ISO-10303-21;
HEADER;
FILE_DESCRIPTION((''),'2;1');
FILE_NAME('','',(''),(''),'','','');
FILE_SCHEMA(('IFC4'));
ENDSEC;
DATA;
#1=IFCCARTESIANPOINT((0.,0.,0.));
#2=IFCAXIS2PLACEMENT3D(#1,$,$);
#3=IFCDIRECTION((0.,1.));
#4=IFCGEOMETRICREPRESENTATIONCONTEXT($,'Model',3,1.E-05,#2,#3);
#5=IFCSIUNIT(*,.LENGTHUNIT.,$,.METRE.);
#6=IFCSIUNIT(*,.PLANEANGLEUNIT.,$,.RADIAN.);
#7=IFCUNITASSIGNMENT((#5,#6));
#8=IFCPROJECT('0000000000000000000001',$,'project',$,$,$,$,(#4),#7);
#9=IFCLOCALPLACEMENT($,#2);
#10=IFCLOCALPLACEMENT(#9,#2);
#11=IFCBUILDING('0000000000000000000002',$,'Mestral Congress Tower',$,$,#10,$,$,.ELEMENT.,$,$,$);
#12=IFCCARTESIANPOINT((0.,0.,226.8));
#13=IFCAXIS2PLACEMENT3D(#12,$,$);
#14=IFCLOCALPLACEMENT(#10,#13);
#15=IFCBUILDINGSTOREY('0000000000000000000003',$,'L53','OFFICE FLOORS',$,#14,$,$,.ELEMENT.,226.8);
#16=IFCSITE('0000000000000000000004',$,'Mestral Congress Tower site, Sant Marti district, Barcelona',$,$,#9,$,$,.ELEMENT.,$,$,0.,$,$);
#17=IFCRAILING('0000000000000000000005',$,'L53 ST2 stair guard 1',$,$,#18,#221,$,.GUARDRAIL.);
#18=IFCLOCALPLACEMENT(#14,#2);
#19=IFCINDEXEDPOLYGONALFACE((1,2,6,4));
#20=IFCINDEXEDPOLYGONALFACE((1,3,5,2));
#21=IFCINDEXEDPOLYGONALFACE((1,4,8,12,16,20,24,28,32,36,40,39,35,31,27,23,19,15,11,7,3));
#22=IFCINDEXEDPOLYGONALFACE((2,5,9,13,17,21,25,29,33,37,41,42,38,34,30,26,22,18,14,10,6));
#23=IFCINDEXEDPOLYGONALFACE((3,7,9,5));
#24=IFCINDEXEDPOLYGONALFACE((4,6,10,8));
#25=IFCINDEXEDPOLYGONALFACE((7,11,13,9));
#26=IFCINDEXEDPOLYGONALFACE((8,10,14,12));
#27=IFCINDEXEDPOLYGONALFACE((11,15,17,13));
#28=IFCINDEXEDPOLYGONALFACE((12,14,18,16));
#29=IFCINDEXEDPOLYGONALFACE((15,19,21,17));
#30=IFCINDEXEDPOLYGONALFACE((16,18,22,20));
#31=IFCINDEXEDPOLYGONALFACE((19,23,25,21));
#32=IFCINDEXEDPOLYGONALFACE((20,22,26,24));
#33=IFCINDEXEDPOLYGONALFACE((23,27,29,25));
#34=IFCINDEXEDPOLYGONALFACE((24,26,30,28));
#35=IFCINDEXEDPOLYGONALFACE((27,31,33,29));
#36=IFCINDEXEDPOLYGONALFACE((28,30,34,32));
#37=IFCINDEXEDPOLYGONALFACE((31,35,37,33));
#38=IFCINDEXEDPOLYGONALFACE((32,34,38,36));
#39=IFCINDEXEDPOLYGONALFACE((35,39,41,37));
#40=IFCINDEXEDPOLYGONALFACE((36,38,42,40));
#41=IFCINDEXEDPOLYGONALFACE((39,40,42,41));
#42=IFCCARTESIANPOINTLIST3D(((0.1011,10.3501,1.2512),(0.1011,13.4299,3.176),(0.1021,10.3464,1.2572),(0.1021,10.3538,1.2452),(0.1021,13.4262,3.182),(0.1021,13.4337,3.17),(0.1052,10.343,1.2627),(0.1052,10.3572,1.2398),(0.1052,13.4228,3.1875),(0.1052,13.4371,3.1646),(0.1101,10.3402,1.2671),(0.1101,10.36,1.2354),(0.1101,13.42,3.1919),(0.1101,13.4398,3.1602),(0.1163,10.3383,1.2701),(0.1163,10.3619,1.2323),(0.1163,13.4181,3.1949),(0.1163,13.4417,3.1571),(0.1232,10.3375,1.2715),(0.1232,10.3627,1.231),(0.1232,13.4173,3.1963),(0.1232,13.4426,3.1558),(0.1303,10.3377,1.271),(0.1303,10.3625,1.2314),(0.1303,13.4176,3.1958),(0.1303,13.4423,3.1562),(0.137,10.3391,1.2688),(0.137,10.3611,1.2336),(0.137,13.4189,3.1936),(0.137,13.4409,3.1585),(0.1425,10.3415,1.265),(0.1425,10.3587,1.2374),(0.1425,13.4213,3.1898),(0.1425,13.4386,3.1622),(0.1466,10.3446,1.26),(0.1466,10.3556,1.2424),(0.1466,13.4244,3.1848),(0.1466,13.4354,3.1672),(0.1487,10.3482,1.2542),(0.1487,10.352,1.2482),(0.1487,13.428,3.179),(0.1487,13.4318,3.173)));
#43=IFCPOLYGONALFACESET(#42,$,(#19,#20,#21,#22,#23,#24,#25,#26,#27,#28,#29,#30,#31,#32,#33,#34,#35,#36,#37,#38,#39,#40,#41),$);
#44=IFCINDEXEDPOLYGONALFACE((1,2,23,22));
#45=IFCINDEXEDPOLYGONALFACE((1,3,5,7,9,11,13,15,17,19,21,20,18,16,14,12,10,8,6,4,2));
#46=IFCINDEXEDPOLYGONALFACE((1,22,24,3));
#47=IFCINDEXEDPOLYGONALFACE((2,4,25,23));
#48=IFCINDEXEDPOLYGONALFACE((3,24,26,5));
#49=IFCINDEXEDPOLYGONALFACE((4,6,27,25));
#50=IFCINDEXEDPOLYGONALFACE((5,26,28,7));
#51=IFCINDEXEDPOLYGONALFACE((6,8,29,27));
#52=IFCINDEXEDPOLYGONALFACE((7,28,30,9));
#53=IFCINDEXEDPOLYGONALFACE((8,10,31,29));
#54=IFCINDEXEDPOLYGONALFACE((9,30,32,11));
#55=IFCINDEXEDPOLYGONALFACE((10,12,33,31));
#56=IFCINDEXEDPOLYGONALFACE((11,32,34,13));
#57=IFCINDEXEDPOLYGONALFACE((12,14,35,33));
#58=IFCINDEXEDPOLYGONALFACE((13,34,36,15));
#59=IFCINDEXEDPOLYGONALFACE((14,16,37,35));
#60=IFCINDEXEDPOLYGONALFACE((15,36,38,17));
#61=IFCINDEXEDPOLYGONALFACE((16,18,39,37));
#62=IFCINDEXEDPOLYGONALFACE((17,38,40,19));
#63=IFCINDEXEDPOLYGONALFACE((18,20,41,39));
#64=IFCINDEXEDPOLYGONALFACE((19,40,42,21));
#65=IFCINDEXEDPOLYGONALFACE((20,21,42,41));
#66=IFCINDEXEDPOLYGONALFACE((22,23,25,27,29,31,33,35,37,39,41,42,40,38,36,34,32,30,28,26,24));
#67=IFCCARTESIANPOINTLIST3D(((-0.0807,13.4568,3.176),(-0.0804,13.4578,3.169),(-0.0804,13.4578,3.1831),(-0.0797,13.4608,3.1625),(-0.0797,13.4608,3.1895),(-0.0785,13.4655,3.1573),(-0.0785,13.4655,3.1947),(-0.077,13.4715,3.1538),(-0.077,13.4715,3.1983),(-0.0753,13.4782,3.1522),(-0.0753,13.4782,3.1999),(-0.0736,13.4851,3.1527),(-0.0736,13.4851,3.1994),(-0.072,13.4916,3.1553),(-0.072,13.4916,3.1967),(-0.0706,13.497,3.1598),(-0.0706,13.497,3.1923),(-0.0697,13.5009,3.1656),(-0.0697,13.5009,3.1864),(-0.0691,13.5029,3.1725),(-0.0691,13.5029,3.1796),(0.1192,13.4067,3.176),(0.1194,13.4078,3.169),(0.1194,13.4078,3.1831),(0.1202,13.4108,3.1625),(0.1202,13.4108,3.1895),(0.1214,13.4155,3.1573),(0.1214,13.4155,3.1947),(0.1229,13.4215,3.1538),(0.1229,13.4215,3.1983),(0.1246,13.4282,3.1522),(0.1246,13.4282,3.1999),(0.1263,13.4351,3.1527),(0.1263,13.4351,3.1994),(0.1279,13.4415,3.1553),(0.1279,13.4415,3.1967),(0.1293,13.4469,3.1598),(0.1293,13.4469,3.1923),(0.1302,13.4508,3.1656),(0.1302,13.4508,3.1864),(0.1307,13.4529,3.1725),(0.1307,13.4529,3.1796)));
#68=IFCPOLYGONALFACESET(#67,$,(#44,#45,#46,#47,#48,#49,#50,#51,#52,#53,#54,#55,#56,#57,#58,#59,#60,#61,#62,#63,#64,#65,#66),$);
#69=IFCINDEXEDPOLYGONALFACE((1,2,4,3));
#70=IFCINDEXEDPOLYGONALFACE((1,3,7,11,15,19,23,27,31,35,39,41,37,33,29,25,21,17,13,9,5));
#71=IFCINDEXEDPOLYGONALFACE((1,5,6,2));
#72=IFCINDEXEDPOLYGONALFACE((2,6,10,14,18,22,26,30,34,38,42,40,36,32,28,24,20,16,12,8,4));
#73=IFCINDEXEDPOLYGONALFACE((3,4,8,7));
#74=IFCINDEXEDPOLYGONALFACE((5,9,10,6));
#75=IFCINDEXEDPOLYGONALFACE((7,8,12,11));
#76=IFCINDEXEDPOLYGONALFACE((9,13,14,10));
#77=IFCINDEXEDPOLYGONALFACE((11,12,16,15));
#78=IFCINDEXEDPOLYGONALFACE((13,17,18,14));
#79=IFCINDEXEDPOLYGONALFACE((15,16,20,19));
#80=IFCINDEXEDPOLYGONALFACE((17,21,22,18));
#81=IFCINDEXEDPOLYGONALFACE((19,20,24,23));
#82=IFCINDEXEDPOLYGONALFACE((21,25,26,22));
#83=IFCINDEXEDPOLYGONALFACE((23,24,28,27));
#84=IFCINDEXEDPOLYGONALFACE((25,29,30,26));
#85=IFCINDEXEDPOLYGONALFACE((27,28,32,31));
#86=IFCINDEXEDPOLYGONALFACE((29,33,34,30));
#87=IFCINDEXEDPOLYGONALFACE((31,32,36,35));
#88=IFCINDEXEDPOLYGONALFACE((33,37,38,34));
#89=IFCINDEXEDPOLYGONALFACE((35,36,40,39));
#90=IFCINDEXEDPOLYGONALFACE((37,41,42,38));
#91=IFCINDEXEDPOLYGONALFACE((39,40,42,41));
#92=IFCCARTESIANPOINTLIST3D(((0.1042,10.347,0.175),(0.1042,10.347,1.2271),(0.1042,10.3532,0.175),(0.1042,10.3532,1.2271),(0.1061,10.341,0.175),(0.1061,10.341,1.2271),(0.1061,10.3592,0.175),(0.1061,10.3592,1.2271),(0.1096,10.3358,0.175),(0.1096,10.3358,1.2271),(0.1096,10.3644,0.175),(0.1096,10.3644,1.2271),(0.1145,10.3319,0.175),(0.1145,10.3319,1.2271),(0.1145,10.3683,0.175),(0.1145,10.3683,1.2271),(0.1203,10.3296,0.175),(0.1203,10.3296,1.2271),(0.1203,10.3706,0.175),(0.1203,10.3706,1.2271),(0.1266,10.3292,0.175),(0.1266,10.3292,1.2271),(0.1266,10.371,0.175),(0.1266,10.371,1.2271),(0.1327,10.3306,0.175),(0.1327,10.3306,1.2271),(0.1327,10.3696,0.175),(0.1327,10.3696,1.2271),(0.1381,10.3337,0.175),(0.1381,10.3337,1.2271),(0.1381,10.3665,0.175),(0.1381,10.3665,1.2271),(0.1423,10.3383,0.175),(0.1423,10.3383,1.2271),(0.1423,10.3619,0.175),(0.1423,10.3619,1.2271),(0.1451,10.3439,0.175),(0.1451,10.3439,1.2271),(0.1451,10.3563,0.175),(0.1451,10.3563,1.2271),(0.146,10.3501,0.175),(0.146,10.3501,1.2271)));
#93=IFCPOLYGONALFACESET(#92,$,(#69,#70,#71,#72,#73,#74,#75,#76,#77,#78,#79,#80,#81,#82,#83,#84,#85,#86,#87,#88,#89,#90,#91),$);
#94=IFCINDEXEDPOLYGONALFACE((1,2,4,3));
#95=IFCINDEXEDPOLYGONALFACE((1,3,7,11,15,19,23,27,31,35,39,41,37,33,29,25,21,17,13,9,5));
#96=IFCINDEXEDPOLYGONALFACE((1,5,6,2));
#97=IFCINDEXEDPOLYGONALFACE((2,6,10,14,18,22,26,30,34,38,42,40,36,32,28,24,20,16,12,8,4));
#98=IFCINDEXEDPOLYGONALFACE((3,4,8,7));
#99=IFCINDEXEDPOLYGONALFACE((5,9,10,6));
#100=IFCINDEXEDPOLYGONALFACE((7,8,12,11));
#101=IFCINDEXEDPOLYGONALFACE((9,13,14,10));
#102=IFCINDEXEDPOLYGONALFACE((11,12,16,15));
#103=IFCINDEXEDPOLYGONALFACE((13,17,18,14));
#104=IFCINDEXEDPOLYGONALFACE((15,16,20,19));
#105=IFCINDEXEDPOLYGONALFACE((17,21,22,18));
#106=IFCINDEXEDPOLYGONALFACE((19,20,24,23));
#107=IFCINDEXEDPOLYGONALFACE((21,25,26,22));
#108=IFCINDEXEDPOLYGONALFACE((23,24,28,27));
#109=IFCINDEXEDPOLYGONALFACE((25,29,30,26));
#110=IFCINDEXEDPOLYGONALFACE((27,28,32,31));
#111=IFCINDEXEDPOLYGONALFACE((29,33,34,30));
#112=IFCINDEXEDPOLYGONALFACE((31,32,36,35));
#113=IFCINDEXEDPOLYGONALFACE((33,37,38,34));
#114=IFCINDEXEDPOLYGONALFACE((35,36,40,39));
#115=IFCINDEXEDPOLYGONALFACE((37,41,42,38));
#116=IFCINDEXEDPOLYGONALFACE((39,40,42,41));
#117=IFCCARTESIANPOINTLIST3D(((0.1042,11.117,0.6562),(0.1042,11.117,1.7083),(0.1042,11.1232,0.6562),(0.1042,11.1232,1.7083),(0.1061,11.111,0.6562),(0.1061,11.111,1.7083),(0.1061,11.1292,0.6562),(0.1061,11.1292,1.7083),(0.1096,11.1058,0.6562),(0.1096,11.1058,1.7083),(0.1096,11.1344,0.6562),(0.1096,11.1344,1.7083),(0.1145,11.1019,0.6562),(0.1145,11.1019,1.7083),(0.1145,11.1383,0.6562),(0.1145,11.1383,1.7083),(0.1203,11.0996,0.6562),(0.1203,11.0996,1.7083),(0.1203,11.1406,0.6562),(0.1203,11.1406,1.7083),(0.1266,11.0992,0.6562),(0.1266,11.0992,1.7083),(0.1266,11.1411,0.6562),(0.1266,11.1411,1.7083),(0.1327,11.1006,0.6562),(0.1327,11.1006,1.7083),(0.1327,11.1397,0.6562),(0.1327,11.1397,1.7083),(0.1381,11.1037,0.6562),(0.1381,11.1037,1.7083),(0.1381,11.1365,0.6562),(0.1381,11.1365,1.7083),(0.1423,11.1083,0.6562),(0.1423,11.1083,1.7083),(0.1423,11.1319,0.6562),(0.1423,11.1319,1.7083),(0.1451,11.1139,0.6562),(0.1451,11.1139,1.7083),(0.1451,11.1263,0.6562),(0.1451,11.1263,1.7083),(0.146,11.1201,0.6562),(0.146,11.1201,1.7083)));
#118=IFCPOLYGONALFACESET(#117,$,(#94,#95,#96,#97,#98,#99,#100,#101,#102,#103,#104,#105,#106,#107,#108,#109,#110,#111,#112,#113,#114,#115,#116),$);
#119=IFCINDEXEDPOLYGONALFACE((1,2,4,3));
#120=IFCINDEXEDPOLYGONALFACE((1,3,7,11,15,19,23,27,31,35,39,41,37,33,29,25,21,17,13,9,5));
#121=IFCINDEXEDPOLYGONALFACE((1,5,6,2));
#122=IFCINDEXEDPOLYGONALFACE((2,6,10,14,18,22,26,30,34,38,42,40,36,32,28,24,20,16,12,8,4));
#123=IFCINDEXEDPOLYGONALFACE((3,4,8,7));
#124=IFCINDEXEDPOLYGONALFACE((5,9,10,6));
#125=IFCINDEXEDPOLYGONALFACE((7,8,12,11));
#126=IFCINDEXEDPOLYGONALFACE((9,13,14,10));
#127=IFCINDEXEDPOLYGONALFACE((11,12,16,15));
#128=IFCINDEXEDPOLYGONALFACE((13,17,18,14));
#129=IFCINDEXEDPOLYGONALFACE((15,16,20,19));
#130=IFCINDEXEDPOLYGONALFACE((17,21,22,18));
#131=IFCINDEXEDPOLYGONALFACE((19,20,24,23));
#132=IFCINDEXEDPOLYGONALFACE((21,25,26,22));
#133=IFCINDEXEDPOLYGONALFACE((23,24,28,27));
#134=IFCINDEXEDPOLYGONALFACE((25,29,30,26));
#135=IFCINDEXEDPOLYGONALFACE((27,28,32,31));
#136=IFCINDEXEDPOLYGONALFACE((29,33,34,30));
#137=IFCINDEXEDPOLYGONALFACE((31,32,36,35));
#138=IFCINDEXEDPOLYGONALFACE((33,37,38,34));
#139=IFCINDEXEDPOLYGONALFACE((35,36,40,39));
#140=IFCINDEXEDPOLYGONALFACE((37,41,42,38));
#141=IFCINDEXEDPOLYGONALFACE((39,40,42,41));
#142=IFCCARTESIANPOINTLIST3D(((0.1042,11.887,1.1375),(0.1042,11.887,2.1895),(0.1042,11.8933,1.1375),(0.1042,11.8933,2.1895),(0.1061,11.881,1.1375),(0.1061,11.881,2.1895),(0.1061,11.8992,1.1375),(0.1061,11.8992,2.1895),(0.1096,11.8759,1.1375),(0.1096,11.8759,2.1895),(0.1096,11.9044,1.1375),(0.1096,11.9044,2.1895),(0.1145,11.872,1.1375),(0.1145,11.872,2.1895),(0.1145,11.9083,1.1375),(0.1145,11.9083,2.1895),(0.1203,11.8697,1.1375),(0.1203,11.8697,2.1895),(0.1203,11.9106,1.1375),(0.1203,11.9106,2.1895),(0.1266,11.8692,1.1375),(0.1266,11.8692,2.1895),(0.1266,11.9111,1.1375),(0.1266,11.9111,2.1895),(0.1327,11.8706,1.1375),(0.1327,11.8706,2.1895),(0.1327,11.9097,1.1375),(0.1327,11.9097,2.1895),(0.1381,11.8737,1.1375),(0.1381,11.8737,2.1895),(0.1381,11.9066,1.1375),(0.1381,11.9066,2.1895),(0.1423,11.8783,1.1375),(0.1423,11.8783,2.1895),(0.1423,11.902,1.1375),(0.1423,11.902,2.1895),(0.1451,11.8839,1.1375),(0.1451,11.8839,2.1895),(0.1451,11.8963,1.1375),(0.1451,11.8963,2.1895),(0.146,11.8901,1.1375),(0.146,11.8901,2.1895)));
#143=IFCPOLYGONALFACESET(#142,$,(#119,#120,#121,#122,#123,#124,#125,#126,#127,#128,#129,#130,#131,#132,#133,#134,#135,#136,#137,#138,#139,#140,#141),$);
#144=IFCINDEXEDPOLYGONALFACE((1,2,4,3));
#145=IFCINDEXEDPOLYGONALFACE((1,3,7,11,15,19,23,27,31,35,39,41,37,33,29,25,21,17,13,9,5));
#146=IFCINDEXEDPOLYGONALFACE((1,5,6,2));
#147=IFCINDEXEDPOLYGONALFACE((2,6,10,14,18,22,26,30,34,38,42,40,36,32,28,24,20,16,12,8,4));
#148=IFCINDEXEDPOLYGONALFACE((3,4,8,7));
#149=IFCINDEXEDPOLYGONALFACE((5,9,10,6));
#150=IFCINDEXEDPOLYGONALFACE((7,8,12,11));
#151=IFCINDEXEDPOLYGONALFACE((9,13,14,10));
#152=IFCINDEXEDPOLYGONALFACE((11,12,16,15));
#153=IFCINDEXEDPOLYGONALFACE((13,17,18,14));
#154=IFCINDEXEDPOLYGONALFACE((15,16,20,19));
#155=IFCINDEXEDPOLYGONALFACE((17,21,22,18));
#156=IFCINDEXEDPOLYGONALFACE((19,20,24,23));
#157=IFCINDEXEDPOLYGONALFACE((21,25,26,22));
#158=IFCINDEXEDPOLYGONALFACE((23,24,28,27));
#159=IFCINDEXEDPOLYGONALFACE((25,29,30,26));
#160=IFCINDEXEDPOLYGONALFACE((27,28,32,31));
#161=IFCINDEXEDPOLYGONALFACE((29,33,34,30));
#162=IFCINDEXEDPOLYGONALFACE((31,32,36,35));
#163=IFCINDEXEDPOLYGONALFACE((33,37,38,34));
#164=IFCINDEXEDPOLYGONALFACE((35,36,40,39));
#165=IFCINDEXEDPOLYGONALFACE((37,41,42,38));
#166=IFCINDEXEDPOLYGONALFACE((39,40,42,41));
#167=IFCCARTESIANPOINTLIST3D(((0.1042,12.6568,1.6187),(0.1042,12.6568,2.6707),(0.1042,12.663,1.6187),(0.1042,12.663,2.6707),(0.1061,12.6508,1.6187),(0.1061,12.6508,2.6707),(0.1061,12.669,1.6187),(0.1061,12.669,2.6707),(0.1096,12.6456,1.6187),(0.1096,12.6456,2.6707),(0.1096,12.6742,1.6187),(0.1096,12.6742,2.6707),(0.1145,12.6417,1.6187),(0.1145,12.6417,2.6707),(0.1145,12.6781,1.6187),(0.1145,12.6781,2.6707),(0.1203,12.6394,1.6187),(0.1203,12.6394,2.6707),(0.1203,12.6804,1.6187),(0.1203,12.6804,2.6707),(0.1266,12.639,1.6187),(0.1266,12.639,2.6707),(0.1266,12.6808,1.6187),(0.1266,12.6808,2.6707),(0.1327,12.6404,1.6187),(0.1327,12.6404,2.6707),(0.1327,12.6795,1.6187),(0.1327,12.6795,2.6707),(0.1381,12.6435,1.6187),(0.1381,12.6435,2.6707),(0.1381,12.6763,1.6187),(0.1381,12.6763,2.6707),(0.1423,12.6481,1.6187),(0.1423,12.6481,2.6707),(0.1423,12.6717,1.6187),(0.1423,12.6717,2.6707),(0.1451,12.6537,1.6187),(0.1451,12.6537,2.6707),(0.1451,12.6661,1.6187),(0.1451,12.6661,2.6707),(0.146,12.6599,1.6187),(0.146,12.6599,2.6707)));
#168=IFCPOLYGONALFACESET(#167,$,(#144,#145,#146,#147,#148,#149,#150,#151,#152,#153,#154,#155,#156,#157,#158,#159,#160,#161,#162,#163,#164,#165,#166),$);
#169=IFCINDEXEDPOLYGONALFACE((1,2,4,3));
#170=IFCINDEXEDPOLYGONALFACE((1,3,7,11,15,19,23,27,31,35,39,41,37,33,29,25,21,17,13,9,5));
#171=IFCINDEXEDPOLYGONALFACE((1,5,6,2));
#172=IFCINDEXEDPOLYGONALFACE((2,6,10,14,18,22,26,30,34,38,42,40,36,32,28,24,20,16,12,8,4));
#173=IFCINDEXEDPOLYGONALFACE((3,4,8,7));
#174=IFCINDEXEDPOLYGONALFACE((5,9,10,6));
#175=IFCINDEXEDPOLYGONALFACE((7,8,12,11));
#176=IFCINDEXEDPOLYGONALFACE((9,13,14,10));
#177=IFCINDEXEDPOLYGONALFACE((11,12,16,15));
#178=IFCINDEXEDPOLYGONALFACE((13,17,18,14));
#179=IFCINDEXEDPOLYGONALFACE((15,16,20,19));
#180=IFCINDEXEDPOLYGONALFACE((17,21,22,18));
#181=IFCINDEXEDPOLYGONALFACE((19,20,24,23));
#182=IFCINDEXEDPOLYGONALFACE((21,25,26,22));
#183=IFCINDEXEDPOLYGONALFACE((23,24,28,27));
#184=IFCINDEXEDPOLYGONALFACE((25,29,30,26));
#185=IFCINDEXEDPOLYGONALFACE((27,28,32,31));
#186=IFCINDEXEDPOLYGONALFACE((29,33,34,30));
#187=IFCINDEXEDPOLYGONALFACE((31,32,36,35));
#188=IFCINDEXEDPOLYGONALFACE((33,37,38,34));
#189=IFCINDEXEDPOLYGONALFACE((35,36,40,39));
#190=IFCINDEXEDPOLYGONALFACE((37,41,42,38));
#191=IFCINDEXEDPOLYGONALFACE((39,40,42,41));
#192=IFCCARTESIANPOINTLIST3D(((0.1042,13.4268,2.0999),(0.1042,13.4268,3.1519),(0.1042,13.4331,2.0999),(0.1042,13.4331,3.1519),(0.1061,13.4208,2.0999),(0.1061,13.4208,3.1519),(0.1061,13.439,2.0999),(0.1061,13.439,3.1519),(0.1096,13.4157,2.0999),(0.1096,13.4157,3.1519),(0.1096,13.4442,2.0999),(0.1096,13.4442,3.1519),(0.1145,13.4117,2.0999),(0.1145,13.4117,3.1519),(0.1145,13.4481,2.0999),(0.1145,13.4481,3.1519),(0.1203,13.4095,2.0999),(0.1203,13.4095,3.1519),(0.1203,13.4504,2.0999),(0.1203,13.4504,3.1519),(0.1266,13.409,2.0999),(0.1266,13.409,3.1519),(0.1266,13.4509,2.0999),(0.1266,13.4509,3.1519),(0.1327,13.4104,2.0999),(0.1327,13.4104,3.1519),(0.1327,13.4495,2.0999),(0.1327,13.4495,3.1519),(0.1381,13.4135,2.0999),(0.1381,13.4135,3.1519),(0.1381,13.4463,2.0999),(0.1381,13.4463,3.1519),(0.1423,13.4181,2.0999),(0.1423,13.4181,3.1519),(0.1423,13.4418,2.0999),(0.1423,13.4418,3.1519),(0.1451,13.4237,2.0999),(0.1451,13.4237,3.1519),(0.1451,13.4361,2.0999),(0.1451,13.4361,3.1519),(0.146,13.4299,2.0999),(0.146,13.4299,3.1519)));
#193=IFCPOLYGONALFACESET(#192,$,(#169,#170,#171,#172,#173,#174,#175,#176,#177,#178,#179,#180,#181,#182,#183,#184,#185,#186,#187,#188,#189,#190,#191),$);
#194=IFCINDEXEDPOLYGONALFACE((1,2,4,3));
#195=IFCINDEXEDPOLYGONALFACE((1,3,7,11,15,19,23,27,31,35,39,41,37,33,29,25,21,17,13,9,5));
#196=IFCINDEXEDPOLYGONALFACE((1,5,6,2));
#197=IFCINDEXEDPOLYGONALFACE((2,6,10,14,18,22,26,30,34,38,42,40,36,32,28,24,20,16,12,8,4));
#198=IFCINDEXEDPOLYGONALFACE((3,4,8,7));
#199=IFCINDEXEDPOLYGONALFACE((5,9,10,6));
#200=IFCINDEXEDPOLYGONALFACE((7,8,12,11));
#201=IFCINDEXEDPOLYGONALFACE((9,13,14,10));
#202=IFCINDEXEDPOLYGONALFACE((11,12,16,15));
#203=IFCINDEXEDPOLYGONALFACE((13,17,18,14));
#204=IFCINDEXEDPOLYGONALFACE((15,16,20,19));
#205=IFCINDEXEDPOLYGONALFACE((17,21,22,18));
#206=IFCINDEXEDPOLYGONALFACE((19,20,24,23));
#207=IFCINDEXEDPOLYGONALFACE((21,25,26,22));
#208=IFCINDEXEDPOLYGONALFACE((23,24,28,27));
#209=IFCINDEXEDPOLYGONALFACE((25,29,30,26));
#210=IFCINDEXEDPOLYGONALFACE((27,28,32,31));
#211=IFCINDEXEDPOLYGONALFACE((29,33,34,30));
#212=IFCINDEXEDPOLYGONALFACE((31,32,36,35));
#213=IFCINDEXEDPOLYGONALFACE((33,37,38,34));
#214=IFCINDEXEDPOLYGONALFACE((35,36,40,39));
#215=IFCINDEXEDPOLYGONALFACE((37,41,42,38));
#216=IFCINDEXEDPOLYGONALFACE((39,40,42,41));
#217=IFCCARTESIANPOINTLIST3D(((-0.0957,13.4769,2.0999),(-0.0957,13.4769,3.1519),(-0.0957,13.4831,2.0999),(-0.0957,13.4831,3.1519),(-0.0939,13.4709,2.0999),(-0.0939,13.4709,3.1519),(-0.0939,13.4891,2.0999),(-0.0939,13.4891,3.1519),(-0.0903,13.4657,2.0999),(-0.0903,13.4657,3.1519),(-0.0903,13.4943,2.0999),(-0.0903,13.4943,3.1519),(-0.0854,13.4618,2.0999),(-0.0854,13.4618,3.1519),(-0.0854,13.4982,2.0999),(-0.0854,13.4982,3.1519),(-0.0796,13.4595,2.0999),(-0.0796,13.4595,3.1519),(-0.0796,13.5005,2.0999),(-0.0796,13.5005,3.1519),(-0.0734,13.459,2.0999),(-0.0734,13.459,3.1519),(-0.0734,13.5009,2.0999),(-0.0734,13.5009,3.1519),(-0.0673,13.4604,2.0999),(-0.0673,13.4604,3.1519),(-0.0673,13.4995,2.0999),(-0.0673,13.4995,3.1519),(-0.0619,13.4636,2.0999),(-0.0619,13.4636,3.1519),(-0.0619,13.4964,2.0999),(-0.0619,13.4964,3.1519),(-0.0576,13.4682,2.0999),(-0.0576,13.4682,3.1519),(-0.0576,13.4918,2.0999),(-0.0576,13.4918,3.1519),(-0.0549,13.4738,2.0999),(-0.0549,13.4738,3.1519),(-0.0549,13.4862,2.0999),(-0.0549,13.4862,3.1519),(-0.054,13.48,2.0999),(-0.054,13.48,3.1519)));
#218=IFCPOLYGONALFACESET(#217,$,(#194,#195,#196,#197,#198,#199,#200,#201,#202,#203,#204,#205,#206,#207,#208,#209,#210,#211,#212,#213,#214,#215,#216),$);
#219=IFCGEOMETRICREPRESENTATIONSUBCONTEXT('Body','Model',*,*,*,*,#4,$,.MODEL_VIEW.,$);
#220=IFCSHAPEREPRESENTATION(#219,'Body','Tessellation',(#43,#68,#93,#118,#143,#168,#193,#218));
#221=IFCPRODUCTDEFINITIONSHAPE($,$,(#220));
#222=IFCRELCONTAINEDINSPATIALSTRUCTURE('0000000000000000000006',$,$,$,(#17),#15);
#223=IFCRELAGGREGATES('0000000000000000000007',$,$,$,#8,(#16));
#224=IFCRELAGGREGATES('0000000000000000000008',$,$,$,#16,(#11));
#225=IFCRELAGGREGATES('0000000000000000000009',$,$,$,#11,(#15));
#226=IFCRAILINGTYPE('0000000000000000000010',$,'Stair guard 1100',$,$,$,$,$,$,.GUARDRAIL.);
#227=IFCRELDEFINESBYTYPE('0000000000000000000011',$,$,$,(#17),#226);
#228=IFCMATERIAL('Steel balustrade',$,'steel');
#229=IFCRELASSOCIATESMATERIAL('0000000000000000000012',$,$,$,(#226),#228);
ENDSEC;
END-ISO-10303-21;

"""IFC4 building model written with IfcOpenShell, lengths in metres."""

from ifc_helpers import new_model, si_unit, direction, frame, origin, origin_2d, place, context, subcontext, project, spatial, circle, extrude, material, type_object, element, save


model = new_model("IFC4")

# Units and contexts
model_context = context("Model", 3, precision=1e-05, world=origin(), true_north=direction((0.0, 1.0)))
body_context = subcontext(model_context, "Body", "Model", "MODEL_VIEW")
ifc_project = project(units=[si_unit("LENGTHUNIT", "METRE"), si_unit("PLANEANGLEUNIT", "RADIAN")], contexts=[model_context])

# Site, building, storey
site_placement = place(None, origin())
site = spatial("IfcSite", under=ifc_project, at=site_placement, Name="Mestral Congress Tower site, Sant Marti district, Barcelona", CompositionType="ELEMENT", RefElevation=0.0)
building_placement = place(site_placement, origin())
building = spatial("IfcBuilding", under=site, at=building_placement, Name="Mestral Congress Tower", CompositionType="ELEMENT")
storey_placement = place(building_placement, frame((0.0, 0.0, 226.8)))
storey = spatial("IfcBuildingStorey", under=building, at=storey_placement, Name="L53", Description="OFFICE FLOORS", CompositionType="ELEMENT", Elevation=226.8)

# Railing
ifc_material_1 = material(Name="Steel balustrade", Category="steel")
railing_type_1 = type_object("IfcRailingType", Name="Stair guard 1100", PredefinedType="GUARDRAIL", material=ifc_material_1)
railing_1_placement = place(storey_placement, frame((0.125, 10.3501, 0.175)))
element("IfcRailing", 1, at=railing_1_placement, inside=storey, type_object=railing_type_1, Name="L53 ST2 stair guard 1", PredefinedType="GUARDRAIL", context=body_context, shape_type="SweptSolid", body=[
    extrude(circle(Radius=0.0239, at=origin_2d()), frame((0.0, 0.0, 1.0762), z_axis=(0.0, 0.84801, 0.529981), x_axis=(-1.0, 0.0, 0.0)), (0.0, 0.0, 1.0), 3.6318),
    extrude(circle(Radius=0.0239, at=origin_2d()), frame((0.0, 3.0798, 3.001), z_axis=(-0.970073, 0.242814, 0.0), x_axis=(-0.242814, -0.970073, 0.0)), (0.0, 0.0, 1.0), 0.2061),
    extrude(circle(Radius=0.021, at=origin_2d()), origin(), (0.0, 0.0, 1.0), 1.052),
    extrude(circle(Radius=0.021, at=origin_2d()), frame((0.0, 0.77, 0.4812)), (0.0, 0.0, 1.0), 1.052),
    extrude(circle(Radius=0.021, at=origin_2d()), frame((0.0, 1.54, 0.9624)), (0.0, 0.0, 1.0), 1.052),
    extrude(circle(Radius=0.021, at=origin_2d()), frame((0.0, 2.3098, 1.4436)), (0.0, 0.0, 1.0), 1.052),
    extrude(circle(Radius=0.021, at=origin_2d()), frame((0.0, 3.0798, 1.9248)), (0.0, 0.0, 1.0), 1.052),
    extrude(circle(Radius=0.021, at=origin_2d()), frame((-0.2, 3.1299, 1.9248)), (0.0, 0.0, 1.0), 1.052),
])

save(model, "model.ifc")
